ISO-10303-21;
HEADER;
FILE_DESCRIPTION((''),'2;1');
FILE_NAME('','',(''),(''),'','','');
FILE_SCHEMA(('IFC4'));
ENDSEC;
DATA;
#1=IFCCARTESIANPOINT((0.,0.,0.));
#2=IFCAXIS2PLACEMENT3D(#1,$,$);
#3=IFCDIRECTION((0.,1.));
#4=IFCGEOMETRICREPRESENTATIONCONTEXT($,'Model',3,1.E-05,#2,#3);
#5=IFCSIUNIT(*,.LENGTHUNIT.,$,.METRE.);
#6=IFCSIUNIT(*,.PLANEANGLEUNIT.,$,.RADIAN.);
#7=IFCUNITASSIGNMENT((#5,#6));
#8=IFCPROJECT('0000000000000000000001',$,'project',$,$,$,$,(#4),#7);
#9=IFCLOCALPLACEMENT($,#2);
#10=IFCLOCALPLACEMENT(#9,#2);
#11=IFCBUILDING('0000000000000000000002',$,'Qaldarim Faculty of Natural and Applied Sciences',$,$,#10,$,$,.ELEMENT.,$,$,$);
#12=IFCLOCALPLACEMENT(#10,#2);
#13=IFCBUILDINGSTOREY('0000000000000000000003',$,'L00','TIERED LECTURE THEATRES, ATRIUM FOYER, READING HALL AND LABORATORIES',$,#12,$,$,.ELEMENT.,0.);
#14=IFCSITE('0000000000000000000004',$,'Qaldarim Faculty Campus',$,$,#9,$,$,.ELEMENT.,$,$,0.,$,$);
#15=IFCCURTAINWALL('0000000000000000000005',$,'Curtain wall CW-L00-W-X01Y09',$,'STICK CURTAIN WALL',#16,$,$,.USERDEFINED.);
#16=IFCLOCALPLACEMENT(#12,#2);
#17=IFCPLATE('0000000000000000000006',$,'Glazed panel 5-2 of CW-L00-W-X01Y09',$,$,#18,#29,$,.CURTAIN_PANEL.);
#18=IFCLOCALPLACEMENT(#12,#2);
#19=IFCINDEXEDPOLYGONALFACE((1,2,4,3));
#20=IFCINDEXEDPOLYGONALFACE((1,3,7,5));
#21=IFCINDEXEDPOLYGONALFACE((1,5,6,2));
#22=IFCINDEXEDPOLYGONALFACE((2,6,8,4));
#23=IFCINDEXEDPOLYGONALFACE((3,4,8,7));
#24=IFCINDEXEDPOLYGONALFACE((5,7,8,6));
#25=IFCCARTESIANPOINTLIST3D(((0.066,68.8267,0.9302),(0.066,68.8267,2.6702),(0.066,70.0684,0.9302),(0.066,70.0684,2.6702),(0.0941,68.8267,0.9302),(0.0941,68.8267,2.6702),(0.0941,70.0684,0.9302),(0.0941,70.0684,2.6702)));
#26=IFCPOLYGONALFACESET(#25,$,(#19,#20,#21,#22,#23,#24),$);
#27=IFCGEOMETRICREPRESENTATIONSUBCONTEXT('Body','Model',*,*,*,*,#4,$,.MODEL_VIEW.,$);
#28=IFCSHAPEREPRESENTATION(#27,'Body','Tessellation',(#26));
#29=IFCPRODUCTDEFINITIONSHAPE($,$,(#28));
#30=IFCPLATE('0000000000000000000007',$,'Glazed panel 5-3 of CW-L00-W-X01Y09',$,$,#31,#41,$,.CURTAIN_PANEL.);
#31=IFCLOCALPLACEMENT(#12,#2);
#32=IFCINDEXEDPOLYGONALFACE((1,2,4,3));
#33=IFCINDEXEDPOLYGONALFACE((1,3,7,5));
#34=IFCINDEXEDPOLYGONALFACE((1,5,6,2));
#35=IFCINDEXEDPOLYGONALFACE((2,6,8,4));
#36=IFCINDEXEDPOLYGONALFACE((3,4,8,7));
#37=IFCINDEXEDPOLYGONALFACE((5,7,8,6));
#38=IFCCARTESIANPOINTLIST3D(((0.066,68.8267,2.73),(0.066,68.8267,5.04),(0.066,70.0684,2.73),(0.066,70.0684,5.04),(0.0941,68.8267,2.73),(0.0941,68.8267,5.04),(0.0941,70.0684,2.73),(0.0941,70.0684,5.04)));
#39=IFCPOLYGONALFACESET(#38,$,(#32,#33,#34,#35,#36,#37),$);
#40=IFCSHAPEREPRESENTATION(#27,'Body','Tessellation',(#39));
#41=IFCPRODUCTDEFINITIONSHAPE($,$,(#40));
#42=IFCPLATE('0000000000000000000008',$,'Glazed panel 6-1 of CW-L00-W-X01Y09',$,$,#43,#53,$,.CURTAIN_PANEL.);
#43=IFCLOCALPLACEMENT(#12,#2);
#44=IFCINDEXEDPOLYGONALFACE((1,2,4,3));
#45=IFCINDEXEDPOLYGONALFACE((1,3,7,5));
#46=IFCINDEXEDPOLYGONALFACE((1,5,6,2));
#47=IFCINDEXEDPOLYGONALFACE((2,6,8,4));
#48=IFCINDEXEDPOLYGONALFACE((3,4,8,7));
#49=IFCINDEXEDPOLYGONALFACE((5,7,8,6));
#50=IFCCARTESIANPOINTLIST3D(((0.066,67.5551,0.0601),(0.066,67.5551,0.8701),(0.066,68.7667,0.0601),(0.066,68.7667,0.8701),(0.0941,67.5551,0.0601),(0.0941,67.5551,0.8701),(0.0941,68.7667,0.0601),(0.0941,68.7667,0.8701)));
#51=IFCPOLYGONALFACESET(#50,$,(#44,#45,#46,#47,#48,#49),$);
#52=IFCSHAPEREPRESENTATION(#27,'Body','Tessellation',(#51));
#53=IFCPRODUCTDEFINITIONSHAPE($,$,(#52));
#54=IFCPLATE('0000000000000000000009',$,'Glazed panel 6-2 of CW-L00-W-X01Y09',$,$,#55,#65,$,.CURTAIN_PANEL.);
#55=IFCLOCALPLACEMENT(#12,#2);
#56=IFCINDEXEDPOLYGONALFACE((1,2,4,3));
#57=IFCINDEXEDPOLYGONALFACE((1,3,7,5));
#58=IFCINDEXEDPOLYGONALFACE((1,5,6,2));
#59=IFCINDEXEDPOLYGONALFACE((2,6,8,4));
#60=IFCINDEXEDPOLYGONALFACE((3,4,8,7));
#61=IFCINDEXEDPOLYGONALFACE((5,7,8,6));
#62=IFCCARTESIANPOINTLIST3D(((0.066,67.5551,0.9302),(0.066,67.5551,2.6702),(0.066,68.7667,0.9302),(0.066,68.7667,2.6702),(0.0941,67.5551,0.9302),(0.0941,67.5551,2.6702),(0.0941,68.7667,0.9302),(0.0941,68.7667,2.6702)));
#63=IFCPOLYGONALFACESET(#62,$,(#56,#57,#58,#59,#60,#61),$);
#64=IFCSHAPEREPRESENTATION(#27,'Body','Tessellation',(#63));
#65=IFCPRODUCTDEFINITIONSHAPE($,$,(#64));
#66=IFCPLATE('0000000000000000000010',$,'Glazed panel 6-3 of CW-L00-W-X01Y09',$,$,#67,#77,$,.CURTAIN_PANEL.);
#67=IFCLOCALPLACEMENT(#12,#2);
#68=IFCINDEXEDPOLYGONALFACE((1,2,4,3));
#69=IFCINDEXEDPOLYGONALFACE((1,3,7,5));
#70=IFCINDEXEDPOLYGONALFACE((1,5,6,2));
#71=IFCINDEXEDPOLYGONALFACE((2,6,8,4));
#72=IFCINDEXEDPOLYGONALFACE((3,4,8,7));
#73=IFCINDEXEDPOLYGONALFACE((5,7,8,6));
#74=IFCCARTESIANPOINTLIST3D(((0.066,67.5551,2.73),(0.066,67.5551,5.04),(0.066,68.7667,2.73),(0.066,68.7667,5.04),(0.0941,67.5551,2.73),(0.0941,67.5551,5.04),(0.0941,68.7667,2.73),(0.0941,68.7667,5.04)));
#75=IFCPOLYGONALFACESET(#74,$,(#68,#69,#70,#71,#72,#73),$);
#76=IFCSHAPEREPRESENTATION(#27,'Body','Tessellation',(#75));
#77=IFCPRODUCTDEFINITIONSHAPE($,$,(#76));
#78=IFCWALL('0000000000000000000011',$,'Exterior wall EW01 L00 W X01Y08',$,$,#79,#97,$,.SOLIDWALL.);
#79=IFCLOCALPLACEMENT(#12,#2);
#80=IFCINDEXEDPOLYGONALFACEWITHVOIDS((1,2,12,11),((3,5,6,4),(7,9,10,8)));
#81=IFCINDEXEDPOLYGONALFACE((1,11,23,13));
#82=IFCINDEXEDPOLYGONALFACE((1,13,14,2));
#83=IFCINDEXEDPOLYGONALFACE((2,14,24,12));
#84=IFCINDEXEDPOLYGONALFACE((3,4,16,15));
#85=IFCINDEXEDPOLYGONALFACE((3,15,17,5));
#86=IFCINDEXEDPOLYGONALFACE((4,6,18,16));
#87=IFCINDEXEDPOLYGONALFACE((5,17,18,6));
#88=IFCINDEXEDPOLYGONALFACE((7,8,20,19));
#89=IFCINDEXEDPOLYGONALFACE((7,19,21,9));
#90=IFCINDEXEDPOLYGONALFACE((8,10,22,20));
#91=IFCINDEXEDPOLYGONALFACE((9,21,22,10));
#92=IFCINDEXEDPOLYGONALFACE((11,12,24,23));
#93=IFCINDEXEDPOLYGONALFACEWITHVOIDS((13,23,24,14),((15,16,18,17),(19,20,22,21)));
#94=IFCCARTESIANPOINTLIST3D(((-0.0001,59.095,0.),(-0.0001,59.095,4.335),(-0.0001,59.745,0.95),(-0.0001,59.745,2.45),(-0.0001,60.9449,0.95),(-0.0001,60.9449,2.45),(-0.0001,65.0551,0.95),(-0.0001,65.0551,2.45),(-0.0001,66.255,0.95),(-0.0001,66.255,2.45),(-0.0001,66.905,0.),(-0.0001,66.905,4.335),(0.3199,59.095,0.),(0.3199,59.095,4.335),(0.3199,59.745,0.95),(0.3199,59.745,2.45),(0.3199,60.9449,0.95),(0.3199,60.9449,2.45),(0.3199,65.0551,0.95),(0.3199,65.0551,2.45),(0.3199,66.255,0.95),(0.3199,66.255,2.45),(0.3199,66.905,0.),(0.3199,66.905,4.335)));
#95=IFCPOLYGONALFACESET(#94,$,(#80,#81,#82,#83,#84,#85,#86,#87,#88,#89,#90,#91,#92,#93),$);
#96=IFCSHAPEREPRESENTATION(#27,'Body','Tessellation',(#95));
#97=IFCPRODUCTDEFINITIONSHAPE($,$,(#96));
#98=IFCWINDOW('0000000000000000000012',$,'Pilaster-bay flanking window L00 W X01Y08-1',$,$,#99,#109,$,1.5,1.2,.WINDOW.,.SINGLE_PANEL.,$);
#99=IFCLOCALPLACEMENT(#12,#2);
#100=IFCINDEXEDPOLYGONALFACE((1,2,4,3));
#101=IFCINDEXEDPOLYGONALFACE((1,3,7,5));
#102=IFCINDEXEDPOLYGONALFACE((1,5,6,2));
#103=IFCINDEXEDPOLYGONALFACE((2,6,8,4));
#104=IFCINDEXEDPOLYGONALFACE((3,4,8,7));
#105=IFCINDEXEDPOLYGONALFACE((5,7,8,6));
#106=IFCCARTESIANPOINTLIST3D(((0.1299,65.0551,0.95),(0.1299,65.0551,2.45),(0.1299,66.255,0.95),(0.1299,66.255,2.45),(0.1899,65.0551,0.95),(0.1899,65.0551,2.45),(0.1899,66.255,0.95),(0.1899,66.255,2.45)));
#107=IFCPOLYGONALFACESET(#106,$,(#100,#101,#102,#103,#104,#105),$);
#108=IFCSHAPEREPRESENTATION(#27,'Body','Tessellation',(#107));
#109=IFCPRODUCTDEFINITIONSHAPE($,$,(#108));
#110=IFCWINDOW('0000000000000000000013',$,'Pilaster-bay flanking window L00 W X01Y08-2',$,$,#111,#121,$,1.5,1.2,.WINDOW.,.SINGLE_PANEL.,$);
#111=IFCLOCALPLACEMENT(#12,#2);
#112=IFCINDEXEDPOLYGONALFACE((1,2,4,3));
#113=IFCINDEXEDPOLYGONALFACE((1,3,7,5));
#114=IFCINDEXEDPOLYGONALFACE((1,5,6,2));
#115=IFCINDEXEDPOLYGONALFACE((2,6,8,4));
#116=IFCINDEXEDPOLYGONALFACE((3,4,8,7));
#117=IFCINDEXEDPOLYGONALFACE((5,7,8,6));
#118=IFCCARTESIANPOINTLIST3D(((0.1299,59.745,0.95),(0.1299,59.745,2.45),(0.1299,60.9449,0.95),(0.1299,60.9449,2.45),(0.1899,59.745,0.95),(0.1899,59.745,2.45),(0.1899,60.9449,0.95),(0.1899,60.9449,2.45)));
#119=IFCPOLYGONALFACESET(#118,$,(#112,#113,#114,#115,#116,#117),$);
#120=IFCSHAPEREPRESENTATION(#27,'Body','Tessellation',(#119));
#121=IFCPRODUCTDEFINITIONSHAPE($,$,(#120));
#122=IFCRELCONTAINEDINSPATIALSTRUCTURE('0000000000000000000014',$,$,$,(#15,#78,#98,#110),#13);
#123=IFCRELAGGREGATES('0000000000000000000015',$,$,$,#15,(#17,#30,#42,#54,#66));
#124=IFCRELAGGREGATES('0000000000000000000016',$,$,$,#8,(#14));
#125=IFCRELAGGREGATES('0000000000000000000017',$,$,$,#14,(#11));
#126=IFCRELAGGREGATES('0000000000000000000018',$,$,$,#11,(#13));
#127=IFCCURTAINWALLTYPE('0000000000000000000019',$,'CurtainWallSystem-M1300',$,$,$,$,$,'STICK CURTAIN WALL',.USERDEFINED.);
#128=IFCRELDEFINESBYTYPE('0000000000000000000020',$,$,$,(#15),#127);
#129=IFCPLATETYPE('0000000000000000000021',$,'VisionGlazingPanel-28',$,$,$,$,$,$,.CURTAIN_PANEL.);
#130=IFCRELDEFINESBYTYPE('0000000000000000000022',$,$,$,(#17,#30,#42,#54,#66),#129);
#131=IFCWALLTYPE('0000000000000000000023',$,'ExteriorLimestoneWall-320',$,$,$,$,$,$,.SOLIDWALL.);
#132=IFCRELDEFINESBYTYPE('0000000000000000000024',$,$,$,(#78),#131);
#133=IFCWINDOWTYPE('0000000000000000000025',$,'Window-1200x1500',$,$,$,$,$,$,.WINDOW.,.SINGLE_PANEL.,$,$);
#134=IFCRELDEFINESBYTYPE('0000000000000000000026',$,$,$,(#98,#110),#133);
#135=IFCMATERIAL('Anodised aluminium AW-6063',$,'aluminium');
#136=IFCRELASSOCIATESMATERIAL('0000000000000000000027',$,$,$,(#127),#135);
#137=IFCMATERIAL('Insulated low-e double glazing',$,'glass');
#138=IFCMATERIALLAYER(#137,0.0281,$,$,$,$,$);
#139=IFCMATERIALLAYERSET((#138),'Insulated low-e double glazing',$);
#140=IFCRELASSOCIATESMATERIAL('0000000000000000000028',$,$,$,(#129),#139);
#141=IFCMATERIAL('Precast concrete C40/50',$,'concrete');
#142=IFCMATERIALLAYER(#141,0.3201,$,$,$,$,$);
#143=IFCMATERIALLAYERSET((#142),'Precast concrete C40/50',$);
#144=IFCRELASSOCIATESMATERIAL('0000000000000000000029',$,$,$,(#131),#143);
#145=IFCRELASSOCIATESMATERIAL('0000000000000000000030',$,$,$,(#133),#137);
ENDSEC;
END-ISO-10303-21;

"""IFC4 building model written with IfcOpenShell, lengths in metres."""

from ifc_helpers import new_model, si_unit, direction, frame, frame_2d, origin, origin_2d, place, context, subcontext, project, spatial, rectangle, extrude, material, layer, layer_set, type_object, element, fill, aggregate, save


model = new_model("IFC4")

# Units and contexts
model_context = context("Model", 3, precision=1e-05, world=origin(), true_north=direction((0.0, 1.0)))
body_context = subcontext(model_context, "Body", "Model", "MODEL_VIEW")
ifc_project = project(units=[si_unit("LENGTHUNIT", "METRE"), si_unit("PLANEANGLEUNIT", "RADIAN")], contexts=[model_context])

# Site, building, storey
site_placement = place(None, origin())
site = spatial("IfcSite", under=ifc_project, at=site_placement, Name="Qaldarim Faculty Campus", CompositionType="ELEMENT", RefElevation=0.0)
building_placement = place(site_placement, origin())
building = spatial("IfcBuilding", under=site, at=building_placement, Name="Qaldarim Faculty of Natural and Applied Sciences", CompositionType="ELEMENT")
storey_placement = place(building_placement, origin())
storey = spatial("IfcBuildingStorey", under=building, at=storey_placement, Name="L00", Description="TIERED LECTURE THEATRES, ATRIUM FOYER, READING HALL AND LABORATORIES", CompositionType="ELEMENT", Elevation=0.0)

# Curtain wall
ifc_material_1 = material(Name="Anodised aluminium AW-6063", Category="aluminium")
curtain_wall_type = type_object("IfcCurtainWallType", Name="CurtainWallSystem-M1300", ElementType="STICK CURTAIN WALL", PredefinedType="USERDEFINED", material=ifc_material_1)
curtain_wall_placement = place(storey_placement, origin())
curtain_wall = element("IfcCurtainWall", 1, at=curtain_wall_placement, inside=storey, type_object=curtain_wall_type, Name="Curtain wall CW-L00-W-X01Y09", ObjectType="STICK CURTAIN WALL", PredefinedType="USERDEFINED")

# Plates
ifc_material_2 = material(Name="Insulated low-e double glazing", Category="glass")
ifc_layer_1 = layer(ifc_material_2, 0.0281)
ifc_layer_set_1 = layer_set([ifc_layer_1], Name="Insulated low-e double glazing")
plate_type = type_object("IfcPlateType", Name="VisionGlazingPanel-28", PredefinedType="CURTAIN_PANEL", material=ifc_layer_set_1)
plate_1_placement = place(storey_placement, frame((0.0801, 69.4475, 0.9302), z_axis=(0.0, 0.0, 1.0), x_axis=(0.0, -1.0, 0.0)))
plate_1 = element("IfcPlate", 2, at=plate_1_placement, type_object=plate_type, Name="Glazed panel 5-2 of CW-L00-W-X01Y09", PredefinedType="CURTAIN_PANEL", context=body_context, shape_type="SweptSolid", body=[
    extrude(rectangle(XDim=1.2417, YDim=0.0281, at=origin_2d()), origin(), (0.0, 0.0, 1.0), 1.74),
])
plate_2_placement = place(storey_placement, frame((0.0801, 69.4475, 2.73), z_axis=(0.0, 0.0, 1.0), x_axis=(0.0, -1.0, 0.0)))
plate_2 = element("IfcPlate", 3, at=plate_2_placement, type_object=plate_type, Name="Glazed panel 5-3 of CW-L00-W-X01Y09", PredefinedType="CURTAIN_PANEL", context=body_context, shape_type="SweptSolid", body=[
    extrude(rectangle(XDim=1.2417, YDim=0.0281, at=origin_2d()), origin(), (0.0, 0.0, 1.0), 2.3101),
])
plate_3_placement = place(storey_placement, frame((0.0801, 68.1609, 0.0601), z_axis=(0.0, 0.0, 1.0), x_axis=(0.0, -1.0, 0.0)))
plate_3 = element("IfcPlate", 4, at=plate_3_placement, type_object=plate_type, Name="Glazed panel 6-1 of CW-L00-W-X01Y09", PredefinedType="CURTAIN_PANEL", context=body_context, shape_type="SweptSolid", body=[
    extrude(rectangle(XDim=1.2117, YDim=0.0281, at=origin_2d()), origin(), (0.0, 0.0, 1.0), 0.8101),
])
plate_4_placement = place(storey_placement, frame((0.0801, 68.1609, 0.9302), z_axis=(0.0, 0.0, 1.0), x_axis=(0.0, -1.0, 0.0)))
plate_4 = element("IfcPlate", 5, at=plate_4_placement, type_object=plate_type, Name="Glazed panel 6-2 of CW-L00-W-X01Y09", PredefinedType="CURTAIN_PANEL", context=body_context, shape_type="SweptSolid", body=[
    extrude(rectangle(XDim=1.2117, YDim=0.0281, at=origin_2d()), origin(), (0.0, 0.0, 1.0), 1.74),
])
plate_5_placement = place(storey_placement, frame((0.0801, 68.1609, 2.73), z_axis=(0.0, 0.0, 1.0), x_axis=(0.0, -1.0, 0.0)))
plate_5 = element("IfcPlate", 6, at=plate_5_placement, type_object=plate_type, Name="Glazed panel 6-3 of CW-L00-W-X01Y09", PredefinedType="CURTAIN_PANEL", context=body_context, shape_type="SweptSolid", body=[
    extrude(rectangle(XDim=1.2117, YDim=0.0281, at=origin_2d()), origin(), (0.0, 0.0, 1.0), 2.3101),
])
aggregate(curtain_wall, [plate_1, plate_2, plate_3, plate_4, plate_5])

# Wall, openings, windows
ifc_material_3 = material(Name="Precast concrete C40/50", Category="concrete")
ifc_layer_2 = layer(ifc_material_3, 0.3201)
ifc_layer_set_2 = layer_set([ifc_layer_2], Name="Precast concrete C40/50")
wall_type = type_object("IfcWallType", Name="ExteriorLimestoneWall-320", PredefinedType="SOLIDWALL", material=ifc_layer_set_2)
wall_placement = place(storey_placement, frame((0.1599, 66.905, 0.0), z_axis=(0.0, 0.0, 1.0), x_axis=(0.0, -1.0, 0.0)))
wall = element("IfcWall", 7, at=wall_placement, inside=storey, type_object=wall_type, Name="Exterior wall EW01 L00 W X01Y08", PredefinedType="SOLIDWALL", context=body_context, shape_type="SweptSolid", body=[
    extrude(rectangle(XDim=7.8101, YDim=0.3201, at=frame_2d((3.905, 0.0))), origin(), (0.0, 0.0, 1.0), 4.335),
])
opening_1_placement = place(wall_placement, frame((0.6499, 0.0, 0.95)))
opening_1 = element("IfcOpeningElement", 8, at=opening_1_placement, cuts=wall, PredefinedType="OPENING", context=body_context, shape_type="SweptSolid", body=[
    extrude(rectangle(XDim=1.2, YDim=1.5, at=frame_2d((0.6001, 0.75))), frame((0.0, 0.1699, 0.0), z_axis=(0.0, -1.0, 0.0), x_axis=(1.0, 0.0, 0.0)), (0.0, 0.0, 1.0), 0.3401),
])
opening_2_placement = place(wall_placement, frame((5.96, 0.0, 0.95)))
opening_2 = element("IfcOpeningElement", 9, at=opening_2_placement, cuts=wall, PredefinedType="OPENING", context=body_context, shape_type="SweptSolid", body=[
    extrude(rectangle(XDim=1.2, YDim=1.5, at=frame_2d((0.6001, 0.75))), frame((0.0, 0.1699, 0.0), z_axis=(0.0, -1.0, 0.0), x_axis=(1.0, 0.0, 0.0)), (0.0, 0.0, 1.0), 0.3401),
])
window_type = type_object("IfcWindowType", Name="Window-1200x1500", PartitioningType="SINGLE_PANEL", PredefinedType="WINDOW", material=ifc_material_2)
window_1_placement = place(opening_1_placement, origin())
window_1 = element("IfcWindow", 10, at=window_1_placement, inside=storey, type_object=window_type, Name="Pilaster-bay flanking window L00 W X01Y08-1", OverallHeight=1.5, OverallWidth=1.2, PartitioningType="SINGLE_PANEL", PredefinedType="WINDOW", context=body_context, shape_type="SweptSolid", body=[
    extrude(rectangle(XDim=1.2, YDim=1.5, at=frame_2d((0.6001, 0.75))), frame((0.0, 0.03, 0.0), z_axis=(0.0, -1.0, 0.0), x_axis=(1.0, 0.0, 0.0)), (0.0, 0.0, 1.0), 0.0601),
])
fill(opening_1, window_1)
window_2_placement = place(opening_2_placement, origin())
window_2 = element("IfcWindow", 11, at=window_2_placement, inside=storey, type_object=window_type, Name="Pilaster-bay flanking window L00 W X01Y08-2", OverallHeight=1.5, OverallWidth=1.2, PartitioningType="SINGLE_PANEL", PredefinedType="WINDOW", context=body_context, shape_type="SweptSolid", body=[
    extrude(rectangle(XDim=1.2, YDim=1.5, at=frame_2d((0.6001, 0.75))), frame((0.0, 0.03, 0.0), z_axis=(0.0, -1.0, 0.0), x_axis=(1.0, 0.0, 0.0)), (0.0, 0.0, 1.0), 0.0601),
])
fill(opening_2, window_2)

save(model, "model.ifc")
